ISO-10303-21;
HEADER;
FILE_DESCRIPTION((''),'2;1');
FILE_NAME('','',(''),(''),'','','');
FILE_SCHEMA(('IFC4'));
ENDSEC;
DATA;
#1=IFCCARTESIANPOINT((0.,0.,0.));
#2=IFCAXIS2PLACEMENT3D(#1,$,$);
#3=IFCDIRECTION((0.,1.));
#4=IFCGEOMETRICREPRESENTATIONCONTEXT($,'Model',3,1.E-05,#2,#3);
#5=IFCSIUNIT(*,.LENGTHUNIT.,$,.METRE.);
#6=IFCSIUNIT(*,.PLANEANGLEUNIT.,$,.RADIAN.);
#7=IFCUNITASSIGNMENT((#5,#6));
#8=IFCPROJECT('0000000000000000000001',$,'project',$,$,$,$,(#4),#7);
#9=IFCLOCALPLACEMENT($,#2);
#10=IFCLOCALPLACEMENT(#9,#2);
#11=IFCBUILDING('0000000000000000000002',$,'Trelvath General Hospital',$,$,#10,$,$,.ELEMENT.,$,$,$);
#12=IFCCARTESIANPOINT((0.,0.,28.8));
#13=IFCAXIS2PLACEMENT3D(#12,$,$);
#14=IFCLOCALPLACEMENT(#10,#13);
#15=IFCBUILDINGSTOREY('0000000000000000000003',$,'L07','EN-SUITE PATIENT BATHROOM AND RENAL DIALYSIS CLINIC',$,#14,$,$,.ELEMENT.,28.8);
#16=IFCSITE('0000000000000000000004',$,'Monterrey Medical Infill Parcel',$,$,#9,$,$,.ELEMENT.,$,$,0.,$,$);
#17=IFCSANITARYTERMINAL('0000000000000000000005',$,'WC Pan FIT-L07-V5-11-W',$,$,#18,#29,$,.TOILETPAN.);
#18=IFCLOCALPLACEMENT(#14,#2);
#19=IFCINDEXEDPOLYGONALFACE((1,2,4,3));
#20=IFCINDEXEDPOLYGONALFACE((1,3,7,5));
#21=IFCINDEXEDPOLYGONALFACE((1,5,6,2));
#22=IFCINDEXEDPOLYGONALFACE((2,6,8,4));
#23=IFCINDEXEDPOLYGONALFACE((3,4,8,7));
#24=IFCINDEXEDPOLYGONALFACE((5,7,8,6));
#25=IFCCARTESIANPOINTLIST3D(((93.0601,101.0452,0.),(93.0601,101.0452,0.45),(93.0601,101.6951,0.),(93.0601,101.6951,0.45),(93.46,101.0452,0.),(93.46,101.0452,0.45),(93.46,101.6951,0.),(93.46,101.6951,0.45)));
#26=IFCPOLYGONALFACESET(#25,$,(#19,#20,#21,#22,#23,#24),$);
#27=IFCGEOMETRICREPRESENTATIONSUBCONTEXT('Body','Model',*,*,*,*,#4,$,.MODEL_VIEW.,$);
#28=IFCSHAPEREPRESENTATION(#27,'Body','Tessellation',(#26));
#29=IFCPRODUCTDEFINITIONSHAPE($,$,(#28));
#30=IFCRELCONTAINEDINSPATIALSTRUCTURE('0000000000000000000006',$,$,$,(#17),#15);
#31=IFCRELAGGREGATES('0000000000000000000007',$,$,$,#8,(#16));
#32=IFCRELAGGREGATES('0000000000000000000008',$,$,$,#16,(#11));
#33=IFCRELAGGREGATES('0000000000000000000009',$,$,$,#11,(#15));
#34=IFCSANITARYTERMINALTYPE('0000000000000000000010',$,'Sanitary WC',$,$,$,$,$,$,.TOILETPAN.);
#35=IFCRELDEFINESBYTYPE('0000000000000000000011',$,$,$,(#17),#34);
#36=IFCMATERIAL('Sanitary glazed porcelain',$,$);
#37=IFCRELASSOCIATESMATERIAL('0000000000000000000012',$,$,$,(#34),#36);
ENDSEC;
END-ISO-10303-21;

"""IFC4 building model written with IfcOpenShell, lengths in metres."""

from ifc_helpers import new_model, si_unit, direction, frame, origin, origin_2d, place, context, subcontext, project, spatial, rectangle, extrude, material, type_object, element, save


model = new_model("IFC4")

# Units and contexts
model_context = context("Model", 3, precision=1e-05, world=origin(), true_north=direction((0.0, 1.0)))
body_context = subcontext(model_context, "Body", "Model", "MODEL_VIEW")
ifc_project = project(units=[si_unit("LENGTHUNIT", "METRE"), si_unit("PLANEANGLEUNIT", "RADIAN")], contexts=[model_context])

# Site, building, storey
site_placement = place(None, origin())
site = spatial("IfcSite", under=ifc_project, at=site_placement, Name="Monterrey Medical Infill Parcel", CompositionType="ELEMENT", RefElevation=0.0)
building_placement = place(site_placement, origin())
building = spatial("IfcBuilding", under=site, at=building_placement, Name="Trelvath General Hospital", CompositionType="ELEMENT")
storey_placement = place(building_placement, frame((0.0, 0.0, 28.8)))
storey = spatial("IfcBuildingStorey", under=building, at=storey_placement, Name="L07", Description="EN-SUITE PATIENT BATHROOM AND RENAL DIALYSIS CLINIC", CompositionType="ELEMENT", Elevation=28.8)

# Sanitary terminal
ifc_material_1 = material(Name="Sanitary glazed porcelain")
sanitary_terminal_type_1 = type_object("IfcSanitaryTerminalType", Name="Sanitary WC", PredefinedType="TOILETPAN", material=ifc_material_1)
sanitary_terminal_1_placement = place(storey_placement, frame((93.26, 101.3701, 0.0), z_axis=(0.0, 0.0, 1.0), x_axis=(1.0, 0.0, 0.0)))
element("IfcSanitaryTerminal", 1, at=sanitary_terminal_1_placement, inside=storey, type_object=sanitary_terminal_type_1, Name="WC Pan FIT-L07-V5-11-W", PredefinedType="TOILETPAN", context=body_context, shape_type="SweptSolid", body=[
    extrude(rectangle(XDim=0.3999, YDim=0.6499, at=origin_2d()), origin(), (0.0, 0.0, 1.0), 0.45),
])

save(model, "model.ifc")
